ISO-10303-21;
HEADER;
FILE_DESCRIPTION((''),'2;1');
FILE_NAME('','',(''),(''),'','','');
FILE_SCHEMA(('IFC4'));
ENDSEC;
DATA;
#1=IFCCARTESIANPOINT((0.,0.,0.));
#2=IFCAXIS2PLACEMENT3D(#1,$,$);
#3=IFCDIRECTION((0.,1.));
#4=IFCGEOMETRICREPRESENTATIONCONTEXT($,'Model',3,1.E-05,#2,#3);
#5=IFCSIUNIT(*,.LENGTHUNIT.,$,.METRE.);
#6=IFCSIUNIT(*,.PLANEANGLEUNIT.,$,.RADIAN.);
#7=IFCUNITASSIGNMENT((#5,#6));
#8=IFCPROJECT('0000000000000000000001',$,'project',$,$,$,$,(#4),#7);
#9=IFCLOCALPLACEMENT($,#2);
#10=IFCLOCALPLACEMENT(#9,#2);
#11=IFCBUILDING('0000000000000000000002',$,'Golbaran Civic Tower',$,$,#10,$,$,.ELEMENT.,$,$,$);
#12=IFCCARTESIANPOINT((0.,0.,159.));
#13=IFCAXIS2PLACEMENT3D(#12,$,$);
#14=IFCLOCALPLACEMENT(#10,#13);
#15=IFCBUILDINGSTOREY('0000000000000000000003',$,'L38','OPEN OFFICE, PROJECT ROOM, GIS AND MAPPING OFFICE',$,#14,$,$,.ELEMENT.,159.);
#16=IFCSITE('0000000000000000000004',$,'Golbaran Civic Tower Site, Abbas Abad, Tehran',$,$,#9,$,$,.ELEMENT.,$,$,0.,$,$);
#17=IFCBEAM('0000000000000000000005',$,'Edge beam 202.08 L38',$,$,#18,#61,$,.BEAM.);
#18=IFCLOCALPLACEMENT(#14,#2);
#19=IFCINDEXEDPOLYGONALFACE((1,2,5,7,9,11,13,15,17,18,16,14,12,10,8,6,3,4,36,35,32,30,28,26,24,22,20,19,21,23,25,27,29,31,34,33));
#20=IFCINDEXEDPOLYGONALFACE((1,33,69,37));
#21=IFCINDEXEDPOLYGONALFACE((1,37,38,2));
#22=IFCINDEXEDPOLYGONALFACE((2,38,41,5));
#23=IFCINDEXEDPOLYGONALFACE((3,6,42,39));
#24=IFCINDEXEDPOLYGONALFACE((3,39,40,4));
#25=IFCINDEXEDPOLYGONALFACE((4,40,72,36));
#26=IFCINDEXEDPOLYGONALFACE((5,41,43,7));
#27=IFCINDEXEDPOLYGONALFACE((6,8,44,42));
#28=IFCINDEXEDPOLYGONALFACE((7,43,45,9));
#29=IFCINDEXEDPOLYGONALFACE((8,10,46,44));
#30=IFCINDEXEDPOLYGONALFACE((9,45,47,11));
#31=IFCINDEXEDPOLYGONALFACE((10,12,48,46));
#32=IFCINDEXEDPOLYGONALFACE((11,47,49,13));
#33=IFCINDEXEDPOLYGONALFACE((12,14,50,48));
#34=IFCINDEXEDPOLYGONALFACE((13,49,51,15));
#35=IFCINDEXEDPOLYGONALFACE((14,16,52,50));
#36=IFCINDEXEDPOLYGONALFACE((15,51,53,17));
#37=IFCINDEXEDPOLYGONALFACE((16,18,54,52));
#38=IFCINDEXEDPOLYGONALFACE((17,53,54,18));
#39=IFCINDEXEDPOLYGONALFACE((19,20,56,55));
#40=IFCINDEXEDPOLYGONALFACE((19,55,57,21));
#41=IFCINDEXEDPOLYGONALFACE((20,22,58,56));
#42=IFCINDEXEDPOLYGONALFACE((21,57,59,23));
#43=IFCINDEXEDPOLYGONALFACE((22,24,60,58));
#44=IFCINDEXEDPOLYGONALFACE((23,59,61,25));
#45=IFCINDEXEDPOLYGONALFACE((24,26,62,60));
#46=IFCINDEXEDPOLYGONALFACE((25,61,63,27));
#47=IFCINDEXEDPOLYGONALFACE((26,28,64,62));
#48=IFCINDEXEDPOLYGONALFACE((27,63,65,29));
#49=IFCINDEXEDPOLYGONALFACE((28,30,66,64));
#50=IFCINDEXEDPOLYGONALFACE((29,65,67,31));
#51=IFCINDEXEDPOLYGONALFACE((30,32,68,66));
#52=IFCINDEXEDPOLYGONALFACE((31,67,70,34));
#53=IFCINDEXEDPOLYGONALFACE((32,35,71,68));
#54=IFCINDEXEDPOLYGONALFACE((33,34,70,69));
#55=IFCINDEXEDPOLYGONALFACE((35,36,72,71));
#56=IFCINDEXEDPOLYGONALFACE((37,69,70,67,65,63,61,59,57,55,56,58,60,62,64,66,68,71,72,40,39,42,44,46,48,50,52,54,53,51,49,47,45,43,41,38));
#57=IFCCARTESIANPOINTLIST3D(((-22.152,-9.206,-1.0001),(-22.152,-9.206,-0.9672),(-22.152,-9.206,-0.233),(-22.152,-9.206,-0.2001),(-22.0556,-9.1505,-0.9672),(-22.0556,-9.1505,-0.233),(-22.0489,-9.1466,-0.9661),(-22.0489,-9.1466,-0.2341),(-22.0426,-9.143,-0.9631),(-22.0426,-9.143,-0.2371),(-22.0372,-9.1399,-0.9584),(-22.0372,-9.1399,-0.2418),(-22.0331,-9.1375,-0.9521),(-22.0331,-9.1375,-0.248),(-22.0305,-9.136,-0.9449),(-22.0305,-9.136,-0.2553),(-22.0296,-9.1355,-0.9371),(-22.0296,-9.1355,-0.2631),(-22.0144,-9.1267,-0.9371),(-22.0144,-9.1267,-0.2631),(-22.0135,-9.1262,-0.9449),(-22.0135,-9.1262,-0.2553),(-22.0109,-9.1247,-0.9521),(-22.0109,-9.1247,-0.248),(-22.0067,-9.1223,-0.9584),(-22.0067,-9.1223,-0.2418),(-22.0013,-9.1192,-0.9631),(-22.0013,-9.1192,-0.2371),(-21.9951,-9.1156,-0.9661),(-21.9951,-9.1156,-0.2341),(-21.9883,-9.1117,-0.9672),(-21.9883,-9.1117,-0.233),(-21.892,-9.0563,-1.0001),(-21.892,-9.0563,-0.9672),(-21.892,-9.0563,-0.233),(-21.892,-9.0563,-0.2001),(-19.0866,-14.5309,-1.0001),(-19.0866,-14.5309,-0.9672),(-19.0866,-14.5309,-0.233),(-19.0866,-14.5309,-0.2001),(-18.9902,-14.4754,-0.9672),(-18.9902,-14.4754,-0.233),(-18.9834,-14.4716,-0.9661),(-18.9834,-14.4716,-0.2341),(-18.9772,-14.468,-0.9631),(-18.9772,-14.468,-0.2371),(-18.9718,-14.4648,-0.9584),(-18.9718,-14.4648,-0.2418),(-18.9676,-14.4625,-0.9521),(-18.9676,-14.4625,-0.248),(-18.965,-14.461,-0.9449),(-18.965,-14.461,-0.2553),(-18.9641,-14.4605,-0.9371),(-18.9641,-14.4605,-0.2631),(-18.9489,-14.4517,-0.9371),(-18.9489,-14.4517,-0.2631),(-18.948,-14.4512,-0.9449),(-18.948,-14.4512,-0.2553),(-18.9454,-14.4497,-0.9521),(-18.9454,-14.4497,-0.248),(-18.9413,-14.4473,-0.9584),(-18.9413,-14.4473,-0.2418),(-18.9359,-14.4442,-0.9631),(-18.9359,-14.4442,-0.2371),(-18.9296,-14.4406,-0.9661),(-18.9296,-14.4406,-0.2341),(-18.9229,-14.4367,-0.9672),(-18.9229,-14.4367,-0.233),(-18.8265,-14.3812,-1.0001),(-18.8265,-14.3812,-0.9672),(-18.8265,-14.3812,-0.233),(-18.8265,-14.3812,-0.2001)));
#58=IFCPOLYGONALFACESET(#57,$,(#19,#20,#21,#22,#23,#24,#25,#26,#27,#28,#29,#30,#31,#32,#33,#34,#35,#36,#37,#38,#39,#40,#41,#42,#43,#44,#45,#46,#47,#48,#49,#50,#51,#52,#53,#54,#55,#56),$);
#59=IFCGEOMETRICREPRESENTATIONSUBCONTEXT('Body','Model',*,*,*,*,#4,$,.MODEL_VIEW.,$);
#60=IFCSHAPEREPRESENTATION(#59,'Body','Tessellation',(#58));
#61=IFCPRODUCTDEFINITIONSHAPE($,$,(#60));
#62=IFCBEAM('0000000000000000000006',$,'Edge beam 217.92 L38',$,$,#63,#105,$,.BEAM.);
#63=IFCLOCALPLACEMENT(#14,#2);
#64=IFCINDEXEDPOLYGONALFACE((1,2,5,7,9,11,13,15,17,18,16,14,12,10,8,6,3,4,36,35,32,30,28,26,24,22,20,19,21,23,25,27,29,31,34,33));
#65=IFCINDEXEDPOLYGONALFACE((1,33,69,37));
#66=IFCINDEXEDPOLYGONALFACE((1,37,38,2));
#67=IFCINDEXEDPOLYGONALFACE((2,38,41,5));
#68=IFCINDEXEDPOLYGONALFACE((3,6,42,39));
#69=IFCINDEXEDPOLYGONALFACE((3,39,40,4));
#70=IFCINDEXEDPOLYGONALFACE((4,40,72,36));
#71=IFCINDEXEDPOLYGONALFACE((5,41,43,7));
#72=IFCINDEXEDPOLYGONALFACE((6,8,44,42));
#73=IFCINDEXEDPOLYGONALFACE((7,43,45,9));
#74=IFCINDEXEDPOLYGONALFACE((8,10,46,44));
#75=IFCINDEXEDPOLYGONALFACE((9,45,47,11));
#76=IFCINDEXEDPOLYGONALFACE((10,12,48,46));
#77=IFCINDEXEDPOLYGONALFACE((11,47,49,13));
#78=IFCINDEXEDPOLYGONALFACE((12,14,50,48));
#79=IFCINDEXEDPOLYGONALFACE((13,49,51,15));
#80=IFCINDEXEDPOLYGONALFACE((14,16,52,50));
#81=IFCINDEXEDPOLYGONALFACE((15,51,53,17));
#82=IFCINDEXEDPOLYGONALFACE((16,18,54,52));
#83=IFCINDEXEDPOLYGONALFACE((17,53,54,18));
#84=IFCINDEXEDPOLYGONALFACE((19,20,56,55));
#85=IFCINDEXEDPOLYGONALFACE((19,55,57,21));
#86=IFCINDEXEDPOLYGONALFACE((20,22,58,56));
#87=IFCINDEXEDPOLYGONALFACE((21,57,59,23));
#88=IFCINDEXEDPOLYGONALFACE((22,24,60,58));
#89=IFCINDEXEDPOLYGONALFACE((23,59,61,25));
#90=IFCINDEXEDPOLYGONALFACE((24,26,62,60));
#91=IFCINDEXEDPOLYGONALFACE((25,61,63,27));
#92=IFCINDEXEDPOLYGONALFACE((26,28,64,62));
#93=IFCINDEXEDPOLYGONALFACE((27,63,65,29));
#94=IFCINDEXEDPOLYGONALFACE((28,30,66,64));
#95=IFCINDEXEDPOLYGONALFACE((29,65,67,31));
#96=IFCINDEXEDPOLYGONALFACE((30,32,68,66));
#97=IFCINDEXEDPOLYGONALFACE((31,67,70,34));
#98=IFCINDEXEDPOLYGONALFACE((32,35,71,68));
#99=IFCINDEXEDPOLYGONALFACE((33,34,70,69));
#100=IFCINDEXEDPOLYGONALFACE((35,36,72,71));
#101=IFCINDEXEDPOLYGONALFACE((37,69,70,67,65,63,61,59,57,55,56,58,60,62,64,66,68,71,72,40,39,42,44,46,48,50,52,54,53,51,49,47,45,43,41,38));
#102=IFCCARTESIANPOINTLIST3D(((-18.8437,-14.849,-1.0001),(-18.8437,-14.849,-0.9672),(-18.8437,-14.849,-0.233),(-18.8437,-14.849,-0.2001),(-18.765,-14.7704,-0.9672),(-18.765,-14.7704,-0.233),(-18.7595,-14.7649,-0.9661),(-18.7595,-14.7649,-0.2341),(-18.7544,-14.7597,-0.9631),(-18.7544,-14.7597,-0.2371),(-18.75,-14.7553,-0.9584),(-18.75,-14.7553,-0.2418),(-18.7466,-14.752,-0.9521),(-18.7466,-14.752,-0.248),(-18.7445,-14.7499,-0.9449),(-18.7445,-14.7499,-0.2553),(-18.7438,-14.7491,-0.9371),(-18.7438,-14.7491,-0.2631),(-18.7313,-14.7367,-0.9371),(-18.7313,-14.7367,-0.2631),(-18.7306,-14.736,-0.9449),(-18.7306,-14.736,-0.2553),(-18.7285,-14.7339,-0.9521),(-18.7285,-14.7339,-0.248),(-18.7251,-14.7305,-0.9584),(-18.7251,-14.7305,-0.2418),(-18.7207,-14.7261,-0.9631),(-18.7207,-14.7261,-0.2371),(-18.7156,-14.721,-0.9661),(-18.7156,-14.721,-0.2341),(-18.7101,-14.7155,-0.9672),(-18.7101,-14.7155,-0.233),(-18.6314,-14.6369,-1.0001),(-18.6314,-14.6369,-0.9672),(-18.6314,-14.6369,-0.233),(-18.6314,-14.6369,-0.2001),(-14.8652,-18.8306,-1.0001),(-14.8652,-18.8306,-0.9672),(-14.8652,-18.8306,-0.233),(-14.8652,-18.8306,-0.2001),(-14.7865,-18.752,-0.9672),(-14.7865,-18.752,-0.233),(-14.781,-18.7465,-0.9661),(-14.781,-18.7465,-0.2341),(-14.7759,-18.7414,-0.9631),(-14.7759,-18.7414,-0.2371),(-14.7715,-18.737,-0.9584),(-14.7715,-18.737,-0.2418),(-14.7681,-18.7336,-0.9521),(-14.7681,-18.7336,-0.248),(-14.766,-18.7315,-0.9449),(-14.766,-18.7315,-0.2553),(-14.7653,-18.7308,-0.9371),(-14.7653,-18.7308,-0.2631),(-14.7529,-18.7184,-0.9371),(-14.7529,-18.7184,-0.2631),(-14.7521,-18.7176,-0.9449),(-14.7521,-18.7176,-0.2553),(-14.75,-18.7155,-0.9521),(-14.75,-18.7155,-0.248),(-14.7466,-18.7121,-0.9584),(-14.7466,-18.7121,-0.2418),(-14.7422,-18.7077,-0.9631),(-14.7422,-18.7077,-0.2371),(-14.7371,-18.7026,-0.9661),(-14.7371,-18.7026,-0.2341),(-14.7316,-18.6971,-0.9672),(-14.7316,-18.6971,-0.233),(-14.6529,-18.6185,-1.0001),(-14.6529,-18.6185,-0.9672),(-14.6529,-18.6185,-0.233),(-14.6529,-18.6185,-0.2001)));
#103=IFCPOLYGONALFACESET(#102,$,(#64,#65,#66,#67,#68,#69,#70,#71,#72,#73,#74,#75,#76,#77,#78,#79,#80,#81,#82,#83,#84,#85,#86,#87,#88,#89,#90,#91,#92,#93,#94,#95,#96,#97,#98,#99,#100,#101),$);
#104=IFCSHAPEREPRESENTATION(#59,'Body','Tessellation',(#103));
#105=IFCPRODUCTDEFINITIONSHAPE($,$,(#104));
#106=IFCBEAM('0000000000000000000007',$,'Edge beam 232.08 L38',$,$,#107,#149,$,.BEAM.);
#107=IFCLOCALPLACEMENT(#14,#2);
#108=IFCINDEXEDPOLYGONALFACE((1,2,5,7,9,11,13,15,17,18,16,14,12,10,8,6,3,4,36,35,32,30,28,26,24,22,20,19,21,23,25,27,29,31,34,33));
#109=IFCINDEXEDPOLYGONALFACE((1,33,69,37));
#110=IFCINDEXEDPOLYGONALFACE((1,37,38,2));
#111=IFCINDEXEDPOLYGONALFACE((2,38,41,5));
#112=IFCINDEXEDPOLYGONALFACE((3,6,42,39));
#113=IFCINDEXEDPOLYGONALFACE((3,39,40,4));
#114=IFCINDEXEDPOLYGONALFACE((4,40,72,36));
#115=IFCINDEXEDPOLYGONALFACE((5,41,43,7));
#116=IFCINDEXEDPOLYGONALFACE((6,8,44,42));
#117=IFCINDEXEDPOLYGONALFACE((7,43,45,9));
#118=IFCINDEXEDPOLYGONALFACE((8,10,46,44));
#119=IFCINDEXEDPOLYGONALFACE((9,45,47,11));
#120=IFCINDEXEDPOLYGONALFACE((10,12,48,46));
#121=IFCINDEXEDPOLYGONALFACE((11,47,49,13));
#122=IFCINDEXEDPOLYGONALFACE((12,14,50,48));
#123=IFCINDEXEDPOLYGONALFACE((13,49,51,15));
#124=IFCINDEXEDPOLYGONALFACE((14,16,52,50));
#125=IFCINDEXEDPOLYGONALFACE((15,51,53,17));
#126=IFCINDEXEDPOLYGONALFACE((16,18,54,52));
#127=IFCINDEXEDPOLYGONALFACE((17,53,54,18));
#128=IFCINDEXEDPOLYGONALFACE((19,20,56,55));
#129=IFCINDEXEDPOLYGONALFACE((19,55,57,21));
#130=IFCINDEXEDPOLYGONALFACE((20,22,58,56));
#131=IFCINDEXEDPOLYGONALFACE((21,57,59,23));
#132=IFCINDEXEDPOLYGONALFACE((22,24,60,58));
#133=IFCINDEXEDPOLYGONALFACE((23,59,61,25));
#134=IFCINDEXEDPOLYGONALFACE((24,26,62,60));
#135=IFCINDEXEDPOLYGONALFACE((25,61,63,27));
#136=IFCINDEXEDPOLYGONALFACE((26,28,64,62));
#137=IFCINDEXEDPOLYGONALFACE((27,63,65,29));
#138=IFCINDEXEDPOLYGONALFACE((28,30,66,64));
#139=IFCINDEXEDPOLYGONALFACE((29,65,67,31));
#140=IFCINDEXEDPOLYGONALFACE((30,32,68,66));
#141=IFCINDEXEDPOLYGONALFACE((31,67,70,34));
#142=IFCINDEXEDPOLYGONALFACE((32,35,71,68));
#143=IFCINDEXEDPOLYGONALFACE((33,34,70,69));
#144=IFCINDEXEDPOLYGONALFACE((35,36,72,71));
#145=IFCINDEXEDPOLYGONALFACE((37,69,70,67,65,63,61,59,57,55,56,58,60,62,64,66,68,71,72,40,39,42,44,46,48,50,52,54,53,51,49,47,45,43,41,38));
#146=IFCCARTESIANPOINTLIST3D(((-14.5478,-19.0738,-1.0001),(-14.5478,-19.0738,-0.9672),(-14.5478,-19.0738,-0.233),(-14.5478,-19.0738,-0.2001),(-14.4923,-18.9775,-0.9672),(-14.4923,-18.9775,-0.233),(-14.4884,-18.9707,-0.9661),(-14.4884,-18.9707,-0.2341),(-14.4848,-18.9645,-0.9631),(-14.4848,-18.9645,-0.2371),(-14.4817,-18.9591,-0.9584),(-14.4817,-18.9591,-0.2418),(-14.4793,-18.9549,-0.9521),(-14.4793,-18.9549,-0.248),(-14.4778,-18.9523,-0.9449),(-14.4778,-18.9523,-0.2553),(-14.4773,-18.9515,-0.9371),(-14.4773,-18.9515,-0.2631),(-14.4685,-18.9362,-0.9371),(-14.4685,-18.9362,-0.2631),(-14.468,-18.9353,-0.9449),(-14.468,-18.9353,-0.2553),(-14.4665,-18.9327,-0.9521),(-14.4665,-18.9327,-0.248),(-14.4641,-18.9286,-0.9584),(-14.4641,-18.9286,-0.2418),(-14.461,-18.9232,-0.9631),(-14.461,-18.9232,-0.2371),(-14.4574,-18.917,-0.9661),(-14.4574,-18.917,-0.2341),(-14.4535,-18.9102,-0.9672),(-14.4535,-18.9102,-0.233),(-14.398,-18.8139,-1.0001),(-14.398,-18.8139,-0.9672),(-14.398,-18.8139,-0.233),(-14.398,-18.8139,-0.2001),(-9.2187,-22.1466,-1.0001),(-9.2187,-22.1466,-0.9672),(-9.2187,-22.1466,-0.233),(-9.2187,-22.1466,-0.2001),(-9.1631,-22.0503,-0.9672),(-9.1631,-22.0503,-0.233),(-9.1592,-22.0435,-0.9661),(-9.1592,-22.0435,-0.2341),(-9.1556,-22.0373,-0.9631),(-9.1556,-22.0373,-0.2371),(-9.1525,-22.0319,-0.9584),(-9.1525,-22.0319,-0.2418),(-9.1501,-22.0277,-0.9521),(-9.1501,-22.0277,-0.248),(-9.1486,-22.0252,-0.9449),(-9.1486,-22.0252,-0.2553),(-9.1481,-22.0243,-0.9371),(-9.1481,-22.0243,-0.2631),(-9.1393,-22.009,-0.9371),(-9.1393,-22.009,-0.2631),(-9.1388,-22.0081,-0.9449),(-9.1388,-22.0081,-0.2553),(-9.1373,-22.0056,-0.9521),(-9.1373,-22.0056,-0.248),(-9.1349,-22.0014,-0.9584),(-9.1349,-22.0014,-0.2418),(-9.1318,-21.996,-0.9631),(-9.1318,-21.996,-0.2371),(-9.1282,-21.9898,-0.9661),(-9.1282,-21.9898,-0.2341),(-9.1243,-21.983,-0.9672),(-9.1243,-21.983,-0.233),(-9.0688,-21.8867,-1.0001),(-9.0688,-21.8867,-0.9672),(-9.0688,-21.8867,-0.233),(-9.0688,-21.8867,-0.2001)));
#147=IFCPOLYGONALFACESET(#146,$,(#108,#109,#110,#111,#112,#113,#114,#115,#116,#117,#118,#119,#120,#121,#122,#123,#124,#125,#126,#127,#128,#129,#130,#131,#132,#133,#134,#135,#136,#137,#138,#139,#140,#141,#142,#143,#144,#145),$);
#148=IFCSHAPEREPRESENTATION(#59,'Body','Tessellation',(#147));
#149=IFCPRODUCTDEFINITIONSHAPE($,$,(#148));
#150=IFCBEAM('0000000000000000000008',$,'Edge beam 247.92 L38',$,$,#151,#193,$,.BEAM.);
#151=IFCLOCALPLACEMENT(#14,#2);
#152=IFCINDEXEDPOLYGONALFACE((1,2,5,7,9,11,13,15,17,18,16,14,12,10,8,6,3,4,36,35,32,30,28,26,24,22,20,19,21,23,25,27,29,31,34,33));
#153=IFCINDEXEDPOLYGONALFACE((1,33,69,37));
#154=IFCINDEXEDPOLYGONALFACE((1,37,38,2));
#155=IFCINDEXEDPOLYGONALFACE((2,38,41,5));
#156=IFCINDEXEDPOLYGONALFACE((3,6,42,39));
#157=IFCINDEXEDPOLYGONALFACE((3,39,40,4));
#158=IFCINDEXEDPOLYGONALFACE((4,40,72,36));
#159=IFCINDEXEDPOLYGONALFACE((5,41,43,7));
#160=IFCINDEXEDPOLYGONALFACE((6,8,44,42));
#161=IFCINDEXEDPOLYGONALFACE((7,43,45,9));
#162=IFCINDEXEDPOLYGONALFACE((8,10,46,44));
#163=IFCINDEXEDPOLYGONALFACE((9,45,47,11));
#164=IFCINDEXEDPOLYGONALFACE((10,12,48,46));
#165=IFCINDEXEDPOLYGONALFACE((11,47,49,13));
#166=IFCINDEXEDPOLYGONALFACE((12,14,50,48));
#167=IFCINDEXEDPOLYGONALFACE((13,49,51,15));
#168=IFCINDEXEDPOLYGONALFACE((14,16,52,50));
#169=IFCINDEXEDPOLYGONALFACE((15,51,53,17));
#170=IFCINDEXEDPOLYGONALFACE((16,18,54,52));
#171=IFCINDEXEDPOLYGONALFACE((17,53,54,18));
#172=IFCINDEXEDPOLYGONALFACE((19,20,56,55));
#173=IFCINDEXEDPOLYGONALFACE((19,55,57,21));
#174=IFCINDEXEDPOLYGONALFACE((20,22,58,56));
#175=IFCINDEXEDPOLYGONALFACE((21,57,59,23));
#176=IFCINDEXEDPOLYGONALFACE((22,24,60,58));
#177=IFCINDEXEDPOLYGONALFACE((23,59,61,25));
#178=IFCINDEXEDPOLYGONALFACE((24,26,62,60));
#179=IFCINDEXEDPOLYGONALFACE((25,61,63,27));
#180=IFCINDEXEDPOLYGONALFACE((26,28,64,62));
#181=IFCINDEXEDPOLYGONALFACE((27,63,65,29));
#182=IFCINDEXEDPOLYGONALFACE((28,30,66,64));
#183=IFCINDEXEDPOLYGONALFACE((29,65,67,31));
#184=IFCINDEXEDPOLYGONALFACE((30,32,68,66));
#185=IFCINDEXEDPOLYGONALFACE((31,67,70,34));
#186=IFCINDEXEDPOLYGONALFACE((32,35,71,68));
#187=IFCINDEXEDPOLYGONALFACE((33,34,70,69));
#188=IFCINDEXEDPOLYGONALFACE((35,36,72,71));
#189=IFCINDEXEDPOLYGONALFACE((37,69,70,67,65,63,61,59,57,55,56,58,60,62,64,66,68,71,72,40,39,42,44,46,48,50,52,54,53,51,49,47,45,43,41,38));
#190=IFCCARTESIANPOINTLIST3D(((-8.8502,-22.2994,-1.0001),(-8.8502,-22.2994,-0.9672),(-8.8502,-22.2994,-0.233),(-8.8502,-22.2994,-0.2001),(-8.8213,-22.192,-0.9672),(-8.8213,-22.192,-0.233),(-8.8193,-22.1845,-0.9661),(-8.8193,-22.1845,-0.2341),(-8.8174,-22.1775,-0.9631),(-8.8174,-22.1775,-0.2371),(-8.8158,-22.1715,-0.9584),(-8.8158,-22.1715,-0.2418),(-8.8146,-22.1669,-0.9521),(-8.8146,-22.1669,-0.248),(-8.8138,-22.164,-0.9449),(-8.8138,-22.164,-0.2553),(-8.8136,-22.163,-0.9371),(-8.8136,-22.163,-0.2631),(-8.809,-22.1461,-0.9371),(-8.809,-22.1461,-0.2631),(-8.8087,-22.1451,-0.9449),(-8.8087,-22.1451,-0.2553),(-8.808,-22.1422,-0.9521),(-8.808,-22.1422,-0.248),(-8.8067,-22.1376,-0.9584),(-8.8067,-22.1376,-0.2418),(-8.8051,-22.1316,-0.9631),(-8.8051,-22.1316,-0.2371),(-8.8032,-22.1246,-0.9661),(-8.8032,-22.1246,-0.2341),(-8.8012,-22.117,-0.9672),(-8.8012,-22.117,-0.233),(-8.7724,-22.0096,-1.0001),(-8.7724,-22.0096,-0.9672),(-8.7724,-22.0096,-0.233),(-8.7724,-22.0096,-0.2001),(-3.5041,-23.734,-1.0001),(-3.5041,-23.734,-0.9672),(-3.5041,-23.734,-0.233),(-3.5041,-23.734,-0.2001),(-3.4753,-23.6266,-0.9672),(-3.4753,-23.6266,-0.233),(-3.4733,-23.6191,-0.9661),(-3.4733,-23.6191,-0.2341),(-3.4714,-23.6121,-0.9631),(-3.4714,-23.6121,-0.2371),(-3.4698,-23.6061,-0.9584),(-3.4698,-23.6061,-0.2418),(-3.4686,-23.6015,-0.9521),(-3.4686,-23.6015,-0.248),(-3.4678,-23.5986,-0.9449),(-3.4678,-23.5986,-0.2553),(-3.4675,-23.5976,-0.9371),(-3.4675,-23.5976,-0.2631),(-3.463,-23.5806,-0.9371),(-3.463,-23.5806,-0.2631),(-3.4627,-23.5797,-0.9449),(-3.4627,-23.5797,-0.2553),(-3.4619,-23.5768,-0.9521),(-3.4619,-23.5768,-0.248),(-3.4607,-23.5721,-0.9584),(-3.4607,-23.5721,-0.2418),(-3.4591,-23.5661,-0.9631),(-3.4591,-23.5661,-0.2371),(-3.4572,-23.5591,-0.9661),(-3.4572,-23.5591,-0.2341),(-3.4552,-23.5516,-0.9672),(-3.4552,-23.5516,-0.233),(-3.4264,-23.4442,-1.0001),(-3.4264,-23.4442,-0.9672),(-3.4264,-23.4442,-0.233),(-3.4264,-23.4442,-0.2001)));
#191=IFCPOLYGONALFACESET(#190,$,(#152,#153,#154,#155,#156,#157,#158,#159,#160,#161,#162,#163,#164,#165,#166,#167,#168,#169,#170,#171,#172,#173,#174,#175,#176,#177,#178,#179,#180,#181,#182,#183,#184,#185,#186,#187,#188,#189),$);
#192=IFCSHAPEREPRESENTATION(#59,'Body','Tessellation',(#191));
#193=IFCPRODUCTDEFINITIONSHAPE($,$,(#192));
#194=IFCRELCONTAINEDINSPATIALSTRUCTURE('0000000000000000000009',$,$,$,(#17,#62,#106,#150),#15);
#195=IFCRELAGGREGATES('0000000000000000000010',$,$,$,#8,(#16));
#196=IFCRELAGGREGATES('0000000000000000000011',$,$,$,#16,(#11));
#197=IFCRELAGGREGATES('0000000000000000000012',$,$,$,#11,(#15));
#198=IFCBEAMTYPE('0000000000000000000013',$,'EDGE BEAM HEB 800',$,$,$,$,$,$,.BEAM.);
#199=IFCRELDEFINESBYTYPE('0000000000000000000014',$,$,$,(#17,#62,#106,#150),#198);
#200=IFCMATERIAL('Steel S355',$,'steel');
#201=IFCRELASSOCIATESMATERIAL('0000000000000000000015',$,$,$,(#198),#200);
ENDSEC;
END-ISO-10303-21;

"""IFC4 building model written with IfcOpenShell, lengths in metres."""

from ifc_helpers import new_model, si_unit, direction, frame, origin, origin_2d, place, context, subcontext, project, spatial, i_section, extrude, material, material_profile, profile_set, type_object, element, save


model = new_model("IFC4")

# Units and contexts
model_context = context("Model", 3, precision=1e-05, world=origin(), true_north=direction((0.0, 1.0)))
body_context = subcontext(model_context, "Body", "Model", "MODEL_VIEW")
ifc_project = project(units=[si_unit("LENGTHUNIT", "METRE"), si_unit("PLANEANGLEUNIT", "RADIAN")], contexts=[model_context])

# Site, building, storey
site_placement = place(None, origin())
site = spatial("IfcSite", under=ifc_project, at=site_placement, Name="Golbaran Civic Tower Site, Abbas Abad, Tehran", CompositionType="ELEMENT", RefElevation=0.0)
building_placement = place(site_placement, origin())
building = spatial("IfcBuilding", under=site, at=building_placement, Name="Golbaran Civic Tower", CompositionType="ELEMENT")
storey_placement = place(building_placement, frame((0.0, 0.0, 159.0)))
storey = spatial("IfcBuildingStorey", under=building, at=storey_placement, Name="L38", Description="OPEN OFFICE, PROJECT ROOM, GIS AND MAPPING OFFICE", CompositionType="ELEMENT", Elevation=159.0)

# Beams
ifc_material_1 = material(Name="Steel S355", Category="steel")
ifc_material_profile_1 = material_profile(ifc_material_1, i_section(OverallWidth=0.3, OverallDepth=0.8, WebThickness=0.0176, FlangeThickness=0.033, FilletRadius=0.03, at=origin_2d()), Name="HEB 800")
ifc_profile_set_1 = profile_set([ifc_material_profile_1], Name="Steel S355")
beam_type_1 = type_object("IfcBeamType", Name="EDGE BEAM HEB 800", PredefinedType="BEAM", material=ifc_profile_set_1)
beam_1_placement = place(storey_placement, frame((-22.022, -9.1311, -0.6001), z_axis=(0.498909, -0.866654, 0.0), x_axis=(0.866654, 0.498909, 0.0)))
element("IfcBeam", 1, at=beam_1_placement, inside=storey, type_object=beam_type_1, Name="Edge beam 202.08 L38", PredefinedType="BEAM", context=body_context, shape_type="SweptSolid", body=[
    extrude(i_section(OverallWidth=0.3, OverallDepth=0.8, WebThickness=0.0176, FlangeThickness=0.033, FilletRadius=0.03, at=origin_2d()), origin(), (0.0, 0.0, 1.0), 6.1443),
])
beam_2_placement = place(storey_placement, frame((-18.7375, -14.7429, -0.6001), z_axis=(0.706825, -0.707389, 0.0), x_axis=(0.707389, 0.706825, 0.0)))
element("IfcBeam", 2, at=beam_2_placement, inside=storey, type_object=beam_type_1, Name="Edge beam 217.92 L38", PredefinedType="BEAM", context=body_context, shape_type="SweptSolid", body=[
    extrude(i_section(OverallWidth=0.3, OverallDepth=0.8, WebThickness=0.0176, FlangeThickness=0.033, FilletRadius=0.03, at=origin_2d()), origin(), (0.0, 0.0, 1.0), 5.6287),
])
beam_3_placement = place(storey_placement, frame((-14.4729, -18.9438, -0.6001), z_axis=(0.866307, -0.499512, 0.0), x_axis=(0.499512, 0.866307, 0.0)))
element("IfcBeam", 3, at=beam_3_placement, inside=storey, type_object=beam_type_1, Name="Edge beam 232.08 L38", PredefinedType="BEAM", context=body_context, shape_type="SweptSolid", body=[
    extrude(i_section(OverallWidth=0.3, OverallDepth=0.8, WebThickness=0.0176, FlangeThickness=0.033, FilletRadius=0.03, at=origin_2d()), origin(), (0.0, 0.0, 1.0), 6.1516),
])
beam_4_placement = place(storey_placement, frame((-8.8113, -22.1545, -0.6001), z_axis=(0.96583, -0.259178, 0.0), x_axis=(0.259178, 0.96583, 0.0)))
element("IfcBeam", 4, at=beam_4_placement, inside=storey, type_object=beam_type_1, Name="Edge beam 247.92 L38", PredefinedType="BEAM", context=body_context, shape_type="SweptSolid", body=[
    extrude(i_section(OverallWidth=0.3, OverallDepth=0.8, WebThickness=0.0176, FlangeThickness=0.033, FilletRadius=0.03, at=origin_2d()), origin(), (0.0, 0.0, 1.0), 5.5352),
])

save(model, "model.ifc")
